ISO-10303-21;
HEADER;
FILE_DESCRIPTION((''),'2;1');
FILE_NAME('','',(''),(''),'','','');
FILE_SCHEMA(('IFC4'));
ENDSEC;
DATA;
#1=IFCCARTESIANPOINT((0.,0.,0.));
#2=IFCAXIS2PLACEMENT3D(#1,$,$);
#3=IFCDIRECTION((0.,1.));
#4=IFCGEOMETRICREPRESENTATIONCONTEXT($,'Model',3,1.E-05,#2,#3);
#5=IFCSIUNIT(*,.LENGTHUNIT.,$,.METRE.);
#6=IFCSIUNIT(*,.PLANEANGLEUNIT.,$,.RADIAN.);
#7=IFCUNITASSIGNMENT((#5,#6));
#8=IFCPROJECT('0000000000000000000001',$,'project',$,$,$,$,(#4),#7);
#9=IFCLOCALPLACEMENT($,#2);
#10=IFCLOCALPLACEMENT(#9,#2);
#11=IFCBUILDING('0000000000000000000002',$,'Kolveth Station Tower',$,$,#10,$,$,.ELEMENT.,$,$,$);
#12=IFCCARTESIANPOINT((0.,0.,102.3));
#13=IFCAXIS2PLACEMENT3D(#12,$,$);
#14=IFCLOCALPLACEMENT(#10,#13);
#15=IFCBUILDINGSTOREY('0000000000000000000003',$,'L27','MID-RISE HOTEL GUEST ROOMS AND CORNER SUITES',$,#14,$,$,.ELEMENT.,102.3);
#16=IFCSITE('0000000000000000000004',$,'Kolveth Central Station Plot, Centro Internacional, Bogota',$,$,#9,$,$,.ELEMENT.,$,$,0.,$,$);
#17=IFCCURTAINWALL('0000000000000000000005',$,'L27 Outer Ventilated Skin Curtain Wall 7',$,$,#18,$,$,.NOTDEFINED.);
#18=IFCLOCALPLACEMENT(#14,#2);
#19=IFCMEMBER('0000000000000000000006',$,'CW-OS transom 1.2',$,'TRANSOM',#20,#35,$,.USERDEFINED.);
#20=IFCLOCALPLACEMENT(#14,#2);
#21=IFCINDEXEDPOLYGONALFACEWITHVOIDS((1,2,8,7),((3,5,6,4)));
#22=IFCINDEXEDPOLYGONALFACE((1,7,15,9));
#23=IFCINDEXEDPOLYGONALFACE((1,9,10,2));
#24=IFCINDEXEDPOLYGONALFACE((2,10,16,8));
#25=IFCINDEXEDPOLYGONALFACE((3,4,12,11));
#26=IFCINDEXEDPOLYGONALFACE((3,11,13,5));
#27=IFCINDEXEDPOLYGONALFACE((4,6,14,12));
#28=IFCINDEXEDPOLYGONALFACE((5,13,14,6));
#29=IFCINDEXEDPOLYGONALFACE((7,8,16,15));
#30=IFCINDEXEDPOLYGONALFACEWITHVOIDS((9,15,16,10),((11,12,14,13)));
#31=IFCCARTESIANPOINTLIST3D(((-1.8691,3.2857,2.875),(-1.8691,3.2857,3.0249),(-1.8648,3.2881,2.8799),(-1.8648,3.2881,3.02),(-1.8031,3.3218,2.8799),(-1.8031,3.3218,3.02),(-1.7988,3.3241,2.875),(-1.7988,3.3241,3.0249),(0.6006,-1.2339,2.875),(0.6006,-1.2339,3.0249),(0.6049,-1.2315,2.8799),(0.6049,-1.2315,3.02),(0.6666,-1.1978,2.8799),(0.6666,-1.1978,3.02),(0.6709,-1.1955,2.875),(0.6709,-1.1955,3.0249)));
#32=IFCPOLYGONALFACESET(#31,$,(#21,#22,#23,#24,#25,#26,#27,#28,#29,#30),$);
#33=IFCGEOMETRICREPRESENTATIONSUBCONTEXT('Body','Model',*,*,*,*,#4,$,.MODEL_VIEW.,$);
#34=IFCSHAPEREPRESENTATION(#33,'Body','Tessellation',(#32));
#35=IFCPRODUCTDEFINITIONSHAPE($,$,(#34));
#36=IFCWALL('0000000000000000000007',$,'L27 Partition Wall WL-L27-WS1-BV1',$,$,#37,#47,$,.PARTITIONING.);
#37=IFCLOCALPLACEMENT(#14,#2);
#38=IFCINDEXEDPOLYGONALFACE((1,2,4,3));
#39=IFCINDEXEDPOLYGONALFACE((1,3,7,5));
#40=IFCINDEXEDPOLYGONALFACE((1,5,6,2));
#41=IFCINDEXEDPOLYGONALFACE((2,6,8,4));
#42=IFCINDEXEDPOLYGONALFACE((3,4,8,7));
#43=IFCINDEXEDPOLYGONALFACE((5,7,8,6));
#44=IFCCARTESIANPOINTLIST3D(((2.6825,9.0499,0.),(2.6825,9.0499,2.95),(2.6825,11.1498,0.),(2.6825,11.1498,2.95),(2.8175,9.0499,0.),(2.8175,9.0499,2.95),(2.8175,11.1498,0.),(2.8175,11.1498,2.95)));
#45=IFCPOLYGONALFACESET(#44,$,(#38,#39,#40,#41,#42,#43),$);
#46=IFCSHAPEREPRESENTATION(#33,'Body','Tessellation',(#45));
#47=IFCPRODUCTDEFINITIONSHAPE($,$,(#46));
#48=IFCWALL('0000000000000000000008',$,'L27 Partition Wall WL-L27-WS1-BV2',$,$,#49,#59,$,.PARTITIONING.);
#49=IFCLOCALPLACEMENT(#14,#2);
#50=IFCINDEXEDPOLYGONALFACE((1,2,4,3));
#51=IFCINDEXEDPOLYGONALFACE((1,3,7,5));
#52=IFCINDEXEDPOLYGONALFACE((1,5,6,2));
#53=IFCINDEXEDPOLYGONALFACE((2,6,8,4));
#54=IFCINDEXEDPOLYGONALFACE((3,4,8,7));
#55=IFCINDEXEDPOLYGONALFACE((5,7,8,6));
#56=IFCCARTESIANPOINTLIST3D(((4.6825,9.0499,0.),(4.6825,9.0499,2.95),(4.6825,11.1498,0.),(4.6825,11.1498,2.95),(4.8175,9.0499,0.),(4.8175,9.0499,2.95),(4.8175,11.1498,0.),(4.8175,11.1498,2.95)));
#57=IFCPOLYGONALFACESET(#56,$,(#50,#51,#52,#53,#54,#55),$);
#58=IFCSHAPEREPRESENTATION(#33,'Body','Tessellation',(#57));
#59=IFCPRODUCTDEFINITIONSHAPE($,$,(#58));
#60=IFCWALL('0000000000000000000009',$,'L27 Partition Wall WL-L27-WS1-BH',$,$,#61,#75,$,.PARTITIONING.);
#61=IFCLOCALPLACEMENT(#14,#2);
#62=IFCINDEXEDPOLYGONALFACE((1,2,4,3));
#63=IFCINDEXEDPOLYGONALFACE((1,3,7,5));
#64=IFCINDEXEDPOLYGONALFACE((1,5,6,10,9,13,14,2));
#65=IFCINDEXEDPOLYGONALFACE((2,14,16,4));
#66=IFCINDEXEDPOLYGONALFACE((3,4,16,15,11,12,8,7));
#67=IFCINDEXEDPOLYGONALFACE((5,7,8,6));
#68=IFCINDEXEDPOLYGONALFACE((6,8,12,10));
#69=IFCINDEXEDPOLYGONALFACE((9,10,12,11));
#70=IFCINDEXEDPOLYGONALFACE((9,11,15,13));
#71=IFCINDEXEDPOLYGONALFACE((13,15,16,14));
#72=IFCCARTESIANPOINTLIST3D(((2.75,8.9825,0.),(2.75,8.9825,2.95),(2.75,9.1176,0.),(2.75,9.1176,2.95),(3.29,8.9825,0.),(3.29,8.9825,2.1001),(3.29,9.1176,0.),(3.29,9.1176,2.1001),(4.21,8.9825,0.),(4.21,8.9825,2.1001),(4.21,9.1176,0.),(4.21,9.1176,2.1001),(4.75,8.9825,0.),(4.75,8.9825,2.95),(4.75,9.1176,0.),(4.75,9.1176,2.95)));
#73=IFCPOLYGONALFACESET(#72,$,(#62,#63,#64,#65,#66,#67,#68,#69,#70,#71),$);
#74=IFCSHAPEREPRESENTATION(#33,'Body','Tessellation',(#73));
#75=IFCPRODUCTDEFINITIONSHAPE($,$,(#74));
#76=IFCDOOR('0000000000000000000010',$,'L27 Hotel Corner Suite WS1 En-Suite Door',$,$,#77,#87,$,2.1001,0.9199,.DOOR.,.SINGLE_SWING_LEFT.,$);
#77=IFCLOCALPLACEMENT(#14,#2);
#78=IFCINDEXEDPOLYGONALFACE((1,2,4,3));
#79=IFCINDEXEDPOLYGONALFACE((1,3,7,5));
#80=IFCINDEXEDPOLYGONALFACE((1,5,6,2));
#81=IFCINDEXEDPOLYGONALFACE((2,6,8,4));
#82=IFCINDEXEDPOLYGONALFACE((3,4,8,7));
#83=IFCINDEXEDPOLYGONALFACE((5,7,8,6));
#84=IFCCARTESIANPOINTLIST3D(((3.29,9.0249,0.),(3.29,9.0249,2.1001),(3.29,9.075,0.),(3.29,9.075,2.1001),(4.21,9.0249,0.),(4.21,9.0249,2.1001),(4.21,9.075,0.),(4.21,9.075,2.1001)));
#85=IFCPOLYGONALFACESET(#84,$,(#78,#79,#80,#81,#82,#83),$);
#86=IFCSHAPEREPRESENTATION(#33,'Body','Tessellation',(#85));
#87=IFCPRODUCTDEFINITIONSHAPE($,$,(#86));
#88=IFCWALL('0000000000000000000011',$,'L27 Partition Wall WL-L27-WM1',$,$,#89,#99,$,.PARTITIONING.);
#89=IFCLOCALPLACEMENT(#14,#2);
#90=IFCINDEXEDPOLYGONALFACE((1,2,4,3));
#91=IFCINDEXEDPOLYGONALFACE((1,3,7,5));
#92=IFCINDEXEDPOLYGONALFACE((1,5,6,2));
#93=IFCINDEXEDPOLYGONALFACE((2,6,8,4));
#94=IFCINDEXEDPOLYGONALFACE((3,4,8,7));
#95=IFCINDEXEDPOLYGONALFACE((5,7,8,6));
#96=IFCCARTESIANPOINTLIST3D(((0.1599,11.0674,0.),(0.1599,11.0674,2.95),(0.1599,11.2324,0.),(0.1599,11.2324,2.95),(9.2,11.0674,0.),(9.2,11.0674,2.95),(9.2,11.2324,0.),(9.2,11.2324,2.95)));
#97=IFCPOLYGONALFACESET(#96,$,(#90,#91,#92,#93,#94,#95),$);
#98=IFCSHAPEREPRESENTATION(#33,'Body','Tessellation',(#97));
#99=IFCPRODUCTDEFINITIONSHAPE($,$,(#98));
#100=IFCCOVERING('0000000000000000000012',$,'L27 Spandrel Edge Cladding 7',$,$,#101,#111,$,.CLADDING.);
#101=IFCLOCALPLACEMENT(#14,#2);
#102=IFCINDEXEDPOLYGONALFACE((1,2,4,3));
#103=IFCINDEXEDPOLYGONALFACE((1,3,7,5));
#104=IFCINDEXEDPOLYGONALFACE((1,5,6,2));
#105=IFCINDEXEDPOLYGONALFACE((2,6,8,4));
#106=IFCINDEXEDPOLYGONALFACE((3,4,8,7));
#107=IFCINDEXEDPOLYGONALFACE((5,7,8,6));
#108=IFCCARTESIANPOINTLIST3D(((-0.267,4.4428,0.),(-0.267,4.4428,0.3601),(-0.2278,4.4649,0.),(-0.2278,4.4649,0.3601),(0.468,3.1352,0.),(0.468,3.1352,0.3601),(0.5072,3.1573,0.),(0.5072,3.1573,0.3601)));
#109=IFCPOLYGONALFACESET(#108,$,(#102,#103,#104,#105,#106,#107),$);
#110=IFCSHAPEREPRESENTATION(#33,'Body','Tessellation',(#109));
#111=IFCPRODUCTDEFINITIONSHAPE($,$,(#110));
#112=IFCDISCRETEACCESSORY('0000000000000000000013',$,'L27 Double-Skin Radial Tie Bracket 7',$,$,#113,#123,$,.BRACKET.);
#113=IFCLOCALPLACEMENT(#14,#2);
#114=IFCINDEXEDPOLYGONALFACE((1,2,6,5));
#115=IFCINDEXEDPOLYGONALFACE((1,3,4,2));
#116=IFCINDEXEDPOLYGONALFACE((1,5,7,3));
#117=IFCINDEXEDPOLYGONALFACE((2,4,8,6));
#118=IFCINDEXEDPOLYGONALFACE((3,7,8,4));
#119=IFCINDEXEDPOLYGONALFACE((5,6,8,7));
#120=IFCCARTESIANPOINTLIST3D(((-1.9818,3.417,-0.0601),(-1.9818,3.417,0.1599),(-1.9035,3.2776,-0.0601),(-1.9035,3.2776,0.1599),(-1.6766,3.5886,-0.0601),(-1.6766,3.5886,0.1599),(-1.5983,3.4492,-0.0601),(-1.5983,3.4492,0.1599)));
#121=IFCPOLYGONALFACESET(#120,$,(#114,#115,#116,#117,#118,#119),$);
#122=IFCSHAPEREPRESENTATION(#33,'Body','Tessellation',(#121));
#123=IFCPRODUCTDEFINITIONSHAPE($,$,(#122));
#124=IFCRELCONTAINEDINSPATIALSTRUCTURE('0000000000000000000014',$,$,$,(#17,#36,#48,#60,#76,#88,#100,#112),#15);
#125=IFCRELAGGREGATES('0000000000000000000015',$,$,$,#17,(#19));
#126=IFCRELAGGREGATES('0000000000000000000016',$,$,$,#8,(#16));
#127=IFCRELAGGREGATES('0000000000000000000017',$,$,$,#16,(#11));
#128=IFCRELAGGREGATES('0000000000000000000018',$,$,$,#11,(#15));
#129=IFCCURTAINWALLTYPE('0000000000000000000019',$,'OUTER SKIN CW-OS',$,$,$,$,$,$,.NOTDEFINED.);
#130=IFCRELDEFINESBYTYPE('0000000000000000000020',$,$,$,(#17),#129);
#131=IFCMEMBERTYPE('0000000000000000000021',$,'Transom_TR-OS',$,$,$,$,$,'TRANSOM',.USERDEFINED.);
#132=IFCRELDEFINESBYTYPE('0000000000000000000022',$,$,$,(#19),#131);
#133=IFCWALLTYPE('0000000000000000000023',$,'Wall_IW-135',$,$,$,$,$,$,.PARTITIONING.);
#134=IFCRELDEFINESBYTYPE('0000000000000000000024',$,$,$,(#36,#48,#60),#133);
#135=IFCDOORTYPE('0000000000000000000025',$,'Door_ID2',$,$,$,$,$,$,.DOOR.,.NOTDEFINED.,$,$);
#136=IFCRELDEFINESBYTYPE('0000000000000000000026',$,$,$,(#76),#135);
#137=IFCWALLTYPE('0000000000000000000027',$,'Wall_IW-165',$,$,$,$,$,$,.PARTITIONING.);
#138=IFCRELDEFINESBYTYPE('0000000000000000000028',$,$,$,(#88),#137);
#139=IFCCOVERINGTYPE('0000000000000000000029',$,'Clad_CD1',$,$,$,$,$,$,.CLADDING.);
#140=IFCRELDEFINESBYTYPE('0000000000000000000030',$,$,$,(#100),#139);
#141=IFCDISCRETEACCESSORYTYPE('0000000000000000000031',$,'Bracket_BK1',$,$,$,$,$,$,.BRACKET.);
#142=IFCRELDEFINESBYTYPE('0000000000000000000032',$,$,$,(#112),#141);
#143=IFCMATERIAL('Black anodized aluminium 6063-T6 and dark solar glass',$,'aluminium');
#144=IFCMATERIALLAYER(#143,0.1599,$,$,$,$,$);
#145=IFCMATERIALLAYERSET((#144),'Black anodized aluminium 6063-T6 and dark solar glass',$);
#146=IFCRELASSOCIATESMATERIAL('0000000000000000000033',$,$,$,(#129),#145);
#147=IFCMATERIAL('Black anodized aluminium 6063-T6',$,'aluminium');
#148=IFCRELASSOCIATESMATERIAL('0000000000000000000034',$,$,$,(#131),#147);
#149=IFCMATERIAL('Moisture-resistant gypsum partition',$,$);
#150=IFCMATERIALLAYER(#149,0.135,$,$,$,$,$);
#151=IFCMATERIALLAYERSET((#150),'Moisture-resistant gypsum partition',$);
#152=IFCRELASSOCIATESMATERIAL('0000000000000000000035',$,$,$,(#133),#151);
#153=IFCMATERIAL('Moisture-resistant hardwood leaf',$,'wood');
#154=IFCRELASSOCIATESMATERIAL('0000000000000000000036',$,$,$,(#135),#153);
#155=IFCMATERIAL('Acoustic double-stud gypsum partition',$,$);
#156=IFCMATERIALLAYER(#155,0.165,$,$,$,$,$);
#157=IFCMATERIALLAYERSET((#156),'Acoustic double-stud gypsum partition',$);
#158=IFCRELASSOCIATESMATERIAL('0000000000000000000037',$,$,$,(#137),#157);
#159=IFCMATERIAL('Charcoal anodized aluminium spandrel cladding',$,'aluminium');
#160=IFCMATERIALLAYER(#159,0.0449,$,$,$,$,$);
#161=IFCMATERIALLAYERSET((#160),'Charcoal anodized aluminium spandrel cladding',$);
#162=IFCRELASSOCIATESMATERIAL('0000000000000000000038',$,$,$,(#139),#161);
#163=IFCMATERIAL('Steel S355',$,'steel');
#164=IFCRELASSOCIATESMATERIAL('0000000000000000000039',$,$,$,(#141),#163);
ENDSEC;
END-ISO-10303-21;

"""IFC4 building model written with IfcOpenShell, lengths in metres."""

from ifc_helpers import new_model, si_unit, direction, frame, frame_2d, origin, origin_2d, place, context, subcontext, project, spatial, rectangle, hollow_rectangle, extrude, source, transform, mapped, material, layer, layer_set, material_profile, profile_set, type_object, element, fill, aggregate, save


model = new_model("IFC4")

# Units and contexts
model_context = context("Model", 3, precision=1e-05, world=origin(), true_north=direction((0.0, 1.0)))
body_context = subcontext(model_context, "Body", "Model", "MODEL_VIEW")
ifc_project = project(units=[si_unit("LENGTHUNIT", "METRE"), si_unit("PLANEANGLEUNIT", "RADIAN")], contexts=[model_context])

# Site, building, storey
site_placement = place(None, origin())
site = spatial("IfcSite", under=ifc_project, at=site_placement, Name="Kolveth Central Station Plot, Centro Internacional, Bogota", CompositionType="ELEMENT", RefElevation=0.0)
building_placement = place(site_placement, origin())
building = spatial("IfcBuilding", under=site, at=building_placement, Name="Kolveth Station Tower", CompositionType="ELEMENT")
storey_placement = place(building_placement, frame((0.0, 0.0, 102.3)))
storey = spatial("IfcBuildingStorey", under=building, at=storey_placement, Name="L27", Description="MID-RISE HOTEL GUEST ROOMS AND CORNER SUITES", CompositionType="ELEMENT", Elevation=102.3)

# Shared definitions
ifc_material_1 = material(Name="Steel S355", Category="steel")

# Shared definitions
ifc_material_2 = material(Name="Black anodized aluminium 6063-T6", Category="aluminium")

# Shared definitions
ifc_material_3 = material(Name="Black anodized aluminium 6063-T6 and dark solar glass", Category="aluminium")
ifc_layer_1 = layer(ifc_material_3, 0.1599)
ifc_layer_set_1 = layer_set([ifc_layer_1], Name="Black anodized aluminium 6063-T6 and dark solar glass")
curtain_wall_type_1 = type_object("IfcCurtainWallType", Name="OUTER SKIN CW-OS", PredefinedType="NOTDEFINED", material=ifc_layer_set_1)

# Curtain wall, member
curtain_wall_1_placement = place(storey_placement, origin())
curtain_wall_1 = element("IfcCurtainWall", 1, at=curtain_wall_1_placement, inside=storey, type_object=curtain_wall_type_1, Name="L27 Outer Ventilated Skin Curtain Wall 7", PredefinedType="NOTDEFINED")
ifc_material_profile_1 = material_profile(ifc_material_2, hollow_rectangle(XDim=0.0801, YDim=0.1499, WallThickness=0.0049, at=origin_2d()), Name="ALU-80x150x5")
ifc_profile_set_1 = profile_set([ifc_material_profile_1], Name="Black anodized aluminium 6063-T6")
member_type_1 = type_object("IfcMemberType", Name="Transom_TR-OS", ElementType="TRANSOM", PredefinedType="USERDEFINED", material=ifc_profile_set_1)
shared_shape_1 = source(origin(), body_context, "Body", "SweptSolid", [
    extrude(hollow_rectangle(XDim=0.0801, YDim=0.1499, WallThickness=0.0049, at=origin_2d()), origin(), (0.0, 0.0, 1.0), 5.1504),
])
member_1_placement = place(storey_placement, frame((-1.834, 3.3049, 2.95), z_axis=(0.47953, -0.877526, 0.0), x_axis=(0.877526, 0.47953, 0.0)))
member_1 = element("IfcMember", 2, at=member_1_placement, type_object=member_type_1, Name="CW-OS transom 1.2", ObjectType="TRANSOM", PredefinedType="USERDEFINED", context=body_context, shape_type="MappedRepresentation", body=[
    mapped(shared_shape_1, transform((0.0, 0.0, 0.0), x_axis=(1.0, 0.0, 0.0), y_axis=(0.0, 1.0, 0.0), z_axis=(0.0, 0.0, 1.0), scale=1.0)),
])
aggregate(curtain_wall_1, [member_1])

# Walls
ifc_material_4 = material(Name="Moisture-resistant gypsum partition")
ifc_layer_2 = layer(ifc_material_4, 0.135)
ifc_layer_set_2 = layer_set([ifc_layer_2], Name="Moisture-resistant gypsum partition")
wall_type_1 = type_object("IfcWallType", Name="Wall_IW-135", PredefinedType="PARTITIONING", material=ifc_layer_set_2)
for number, where, z_axis, x_axis, name in (
    (3, (2.75, 9.05, 0.0), (0.0, 0.0, 1.0), (0.0, 1.0, 0.0), "L27 Partition Wall WL-L27-WS1-BV1"),
    (4, (4.75, 9.05, 0.0), (0.0, 0.0, 1.0), (0.0, 1.0, 0.0), "L27 Partition Wall WL-L27-WS1-BV2"),
):
    element("IfcWall", number, at=place(storey_placement, frame(where, z_axis=z_axis, x_axis=x_axis)), inside=storey, type_object=wall_type_1, Name=name, PredefinedType="PARTITIONING", context=body_context, shape_type="SweptSolid", body=[
        extrude(rectangle(XDim=2.0999, YDim=0.135, at=frame_2d((1.0498, 0.0))), origin(), (0.0, 0.0, 1.0), 2.95),
    ])

# Wall, opening, door
wall_1_placement = place(storey_placement, frame((2.75, 9.05, 0.0), z_axis=(0.0, 0.0, 1.0), x_axis=(1.0, 0.0, 0.0)))
wall_1 = element("IfcWall", 5, at=wall_1_placement, inside=storey, type_object=wall_type_1, Name="L27 Partition Wall WL-L27-WS1-BH", PredefinedType="PARTITIONING", context=body_context, shape_type="SweptSolid", body=[
    extrude(rectangle(XDim=2.0, YDim=0.135, at=frame_2d((1.0, 0.0))), origin(), (0.0, 0.0, 1.0), 2.95),
])
opening_placement = place(wall_1_placement, frame((0.54, 0.0, 0.0)))
opening = element("IfcOpeningElement", 6, at=opening_placement, cuts=wall_1, PredefinedType="OPENING", context=body_context, shape_type="SweptSolid", body=[
    extrude(rectangle(XDim=0.9199, YDim=2.1001, at=frame_2d((0.46, 1.05))), frame((0.0, 0.0774, 0.0), z_axis=(0.0, -1.0, 0.0), x_axis=(1.0, 0.0, 0.0)), (0.0, 0.0, 1.0), 0.155),
])
ifc_material_5 = material(Name="Moisture-resistant hardwood leaf", Category="wood")
door_type = type_object("IfcDoorType", Name="Door_ID2", OperationType="NOTDEFINED", PredefinedType="DOOR", material=ifc_material_5)
door_placement = place(opening_placement, origin())
door = element("IfcDoor", 7, at=door_placement, inside=storey, type_object=door_type, Name="L27 Hotel Corner Suite WS1 En-Suite Door", OperationType="SINGLE_SWING_LEFT", OverallHeight=2.1001, OverallWidth=0.9199, PredefinedType="DOOR", context=body_context, shape_type="SweptSolid", body=[
    extrude(rectangle(XDim=0.9199, YDim=2.1001, at=frame_2d((0.46, 1.05))), frame((0.0, 0.0249, 0.0), z_axis=(0.0, -1.0, 0.0), x_axis=(1.0, 0.0, 0.0)), (0.0, 0.0, 1.0), 0.05),
])
fill(opening, door)

# Wall
ifc_material_6 = material(Name="Acoustic double-stud gypsum partition")
ifc_layer_3 = layer(ifc_material_6, 0.165)
ifc_layer_set_3 = layer_set([ifc_layer_3], Name="Acoustic double-stud gypsum partition")
wall_type_2 = type_object("IfcWallType", Name="Wall_IW-165", PredefinedType="PARTITIONING", material=ifc_layer_set_3)
wall_2_placement = place(storey_placement, frame((0.1599, 11.1499, 0.0), z_axis=(0.0, 0.0, 1.0), x_axis=(1.0, 0.0, 0.0)))
element("IfcWall", 8, at=wall_2_placement, inside=storey, type_object=wall_type_2, Name="L27 Partition Wall WL-L27-WM1", PredefinedType="PARTITIONING", context=body_context, shape_type="SweptSolid", body=[
    extrude(rectangle(XDim=9.04, YDim=0.165, at=frame_2d((4.52, 0.0))), origin(), (0.0, 0.0, 1.0), 2.95),
])

# Covering
ifc_material_7 = material(Name="Charcoal anodized aluminium spandrel cladding", Category="aluminium")
ifc_layer_4 = layer(ifc_material_7, 0.0449)
ifc_layer_set_4 = layer_set([ifc_layer_4], Name="Charcoal anodized aluminium spandrel cladding")
covering_type = type_object("IfcCoveringType", Name="Clad_CD1", PredefinedType="CLADDING", material=ifc_layer_set_4)
shared_shape_2 = source(origin(), body_context, "Body", "SweptSolid", [
    extrude(rectangle(XDim=1.5, YDim=0.0449, at=origin_2d()), origin(), (0.0, 0.0, 1.0), 0.3601),
])
covering_placement = place(storey_placement, frame((0.1201, 3.8, 0.0), z_axis=(0.0, 0.0, 1.0), x_axis=(0.489991, -0.871727, 0.0)))
element("IfcCovering", 9, at=covering_placement, inside=storey, type_object=covering_type, Name="L27 Spandrel Edge Cladding 7", PredefinedType="CLADDING", context=body_context, shape_type="MappedRepresentation", body=[
    mapped(shared_shape_2, transform((0.0, 0.0, 0.0), x_axis=(1.0, 0.0, 0.0), y_axis=(0.0, 1.0, 0.0), z_axis=(0.0, 0.0, 1.0), scale=1.0)),
])

# Discrete accessory
discrete_accessory_type = type_object("IfcDiscreteAccessoryType", Name="Bracket_BK1", PredefinedType="BRACKET", material=ifc_material_1)
shared_shape_3 = source(origin(), body_context, "Body", "SweptSolid", [
    extrude(rectangle(XDim=0.3501, YDim=0.1599, at=origin_2d()), origin(), (0.0, 0.0, 1.0), 0.22),
])
discrete_accessory_placement = place(storey_placement, frame((-1.79, 3.4331, -0.0601), z_axis=(0.0, 0.0, 1.0), x_axis=(-0.871727, -0.489991, 0.0)))
element("IfcDiscreteAccessory", 10, at=discrete_accessory_placement, inside=storey, type_object=discrete_accessory_type, Name="L27 Double-Skin Radial Tie Bracket 7", PredefinedType="BRACKET", context=body_context, shape_type="MappedRepresentation", body=[
    mapped(shared_shape_3, transform((0.0, 0.0, 0.0), x_axis=(1.0, 0.0, 0.0), y_axis=(0.0, 1.0, 0.0), z_axis=(0.0, 0.0, 1.0), scale=1.0)),
])

save(model, "model.ifc")
